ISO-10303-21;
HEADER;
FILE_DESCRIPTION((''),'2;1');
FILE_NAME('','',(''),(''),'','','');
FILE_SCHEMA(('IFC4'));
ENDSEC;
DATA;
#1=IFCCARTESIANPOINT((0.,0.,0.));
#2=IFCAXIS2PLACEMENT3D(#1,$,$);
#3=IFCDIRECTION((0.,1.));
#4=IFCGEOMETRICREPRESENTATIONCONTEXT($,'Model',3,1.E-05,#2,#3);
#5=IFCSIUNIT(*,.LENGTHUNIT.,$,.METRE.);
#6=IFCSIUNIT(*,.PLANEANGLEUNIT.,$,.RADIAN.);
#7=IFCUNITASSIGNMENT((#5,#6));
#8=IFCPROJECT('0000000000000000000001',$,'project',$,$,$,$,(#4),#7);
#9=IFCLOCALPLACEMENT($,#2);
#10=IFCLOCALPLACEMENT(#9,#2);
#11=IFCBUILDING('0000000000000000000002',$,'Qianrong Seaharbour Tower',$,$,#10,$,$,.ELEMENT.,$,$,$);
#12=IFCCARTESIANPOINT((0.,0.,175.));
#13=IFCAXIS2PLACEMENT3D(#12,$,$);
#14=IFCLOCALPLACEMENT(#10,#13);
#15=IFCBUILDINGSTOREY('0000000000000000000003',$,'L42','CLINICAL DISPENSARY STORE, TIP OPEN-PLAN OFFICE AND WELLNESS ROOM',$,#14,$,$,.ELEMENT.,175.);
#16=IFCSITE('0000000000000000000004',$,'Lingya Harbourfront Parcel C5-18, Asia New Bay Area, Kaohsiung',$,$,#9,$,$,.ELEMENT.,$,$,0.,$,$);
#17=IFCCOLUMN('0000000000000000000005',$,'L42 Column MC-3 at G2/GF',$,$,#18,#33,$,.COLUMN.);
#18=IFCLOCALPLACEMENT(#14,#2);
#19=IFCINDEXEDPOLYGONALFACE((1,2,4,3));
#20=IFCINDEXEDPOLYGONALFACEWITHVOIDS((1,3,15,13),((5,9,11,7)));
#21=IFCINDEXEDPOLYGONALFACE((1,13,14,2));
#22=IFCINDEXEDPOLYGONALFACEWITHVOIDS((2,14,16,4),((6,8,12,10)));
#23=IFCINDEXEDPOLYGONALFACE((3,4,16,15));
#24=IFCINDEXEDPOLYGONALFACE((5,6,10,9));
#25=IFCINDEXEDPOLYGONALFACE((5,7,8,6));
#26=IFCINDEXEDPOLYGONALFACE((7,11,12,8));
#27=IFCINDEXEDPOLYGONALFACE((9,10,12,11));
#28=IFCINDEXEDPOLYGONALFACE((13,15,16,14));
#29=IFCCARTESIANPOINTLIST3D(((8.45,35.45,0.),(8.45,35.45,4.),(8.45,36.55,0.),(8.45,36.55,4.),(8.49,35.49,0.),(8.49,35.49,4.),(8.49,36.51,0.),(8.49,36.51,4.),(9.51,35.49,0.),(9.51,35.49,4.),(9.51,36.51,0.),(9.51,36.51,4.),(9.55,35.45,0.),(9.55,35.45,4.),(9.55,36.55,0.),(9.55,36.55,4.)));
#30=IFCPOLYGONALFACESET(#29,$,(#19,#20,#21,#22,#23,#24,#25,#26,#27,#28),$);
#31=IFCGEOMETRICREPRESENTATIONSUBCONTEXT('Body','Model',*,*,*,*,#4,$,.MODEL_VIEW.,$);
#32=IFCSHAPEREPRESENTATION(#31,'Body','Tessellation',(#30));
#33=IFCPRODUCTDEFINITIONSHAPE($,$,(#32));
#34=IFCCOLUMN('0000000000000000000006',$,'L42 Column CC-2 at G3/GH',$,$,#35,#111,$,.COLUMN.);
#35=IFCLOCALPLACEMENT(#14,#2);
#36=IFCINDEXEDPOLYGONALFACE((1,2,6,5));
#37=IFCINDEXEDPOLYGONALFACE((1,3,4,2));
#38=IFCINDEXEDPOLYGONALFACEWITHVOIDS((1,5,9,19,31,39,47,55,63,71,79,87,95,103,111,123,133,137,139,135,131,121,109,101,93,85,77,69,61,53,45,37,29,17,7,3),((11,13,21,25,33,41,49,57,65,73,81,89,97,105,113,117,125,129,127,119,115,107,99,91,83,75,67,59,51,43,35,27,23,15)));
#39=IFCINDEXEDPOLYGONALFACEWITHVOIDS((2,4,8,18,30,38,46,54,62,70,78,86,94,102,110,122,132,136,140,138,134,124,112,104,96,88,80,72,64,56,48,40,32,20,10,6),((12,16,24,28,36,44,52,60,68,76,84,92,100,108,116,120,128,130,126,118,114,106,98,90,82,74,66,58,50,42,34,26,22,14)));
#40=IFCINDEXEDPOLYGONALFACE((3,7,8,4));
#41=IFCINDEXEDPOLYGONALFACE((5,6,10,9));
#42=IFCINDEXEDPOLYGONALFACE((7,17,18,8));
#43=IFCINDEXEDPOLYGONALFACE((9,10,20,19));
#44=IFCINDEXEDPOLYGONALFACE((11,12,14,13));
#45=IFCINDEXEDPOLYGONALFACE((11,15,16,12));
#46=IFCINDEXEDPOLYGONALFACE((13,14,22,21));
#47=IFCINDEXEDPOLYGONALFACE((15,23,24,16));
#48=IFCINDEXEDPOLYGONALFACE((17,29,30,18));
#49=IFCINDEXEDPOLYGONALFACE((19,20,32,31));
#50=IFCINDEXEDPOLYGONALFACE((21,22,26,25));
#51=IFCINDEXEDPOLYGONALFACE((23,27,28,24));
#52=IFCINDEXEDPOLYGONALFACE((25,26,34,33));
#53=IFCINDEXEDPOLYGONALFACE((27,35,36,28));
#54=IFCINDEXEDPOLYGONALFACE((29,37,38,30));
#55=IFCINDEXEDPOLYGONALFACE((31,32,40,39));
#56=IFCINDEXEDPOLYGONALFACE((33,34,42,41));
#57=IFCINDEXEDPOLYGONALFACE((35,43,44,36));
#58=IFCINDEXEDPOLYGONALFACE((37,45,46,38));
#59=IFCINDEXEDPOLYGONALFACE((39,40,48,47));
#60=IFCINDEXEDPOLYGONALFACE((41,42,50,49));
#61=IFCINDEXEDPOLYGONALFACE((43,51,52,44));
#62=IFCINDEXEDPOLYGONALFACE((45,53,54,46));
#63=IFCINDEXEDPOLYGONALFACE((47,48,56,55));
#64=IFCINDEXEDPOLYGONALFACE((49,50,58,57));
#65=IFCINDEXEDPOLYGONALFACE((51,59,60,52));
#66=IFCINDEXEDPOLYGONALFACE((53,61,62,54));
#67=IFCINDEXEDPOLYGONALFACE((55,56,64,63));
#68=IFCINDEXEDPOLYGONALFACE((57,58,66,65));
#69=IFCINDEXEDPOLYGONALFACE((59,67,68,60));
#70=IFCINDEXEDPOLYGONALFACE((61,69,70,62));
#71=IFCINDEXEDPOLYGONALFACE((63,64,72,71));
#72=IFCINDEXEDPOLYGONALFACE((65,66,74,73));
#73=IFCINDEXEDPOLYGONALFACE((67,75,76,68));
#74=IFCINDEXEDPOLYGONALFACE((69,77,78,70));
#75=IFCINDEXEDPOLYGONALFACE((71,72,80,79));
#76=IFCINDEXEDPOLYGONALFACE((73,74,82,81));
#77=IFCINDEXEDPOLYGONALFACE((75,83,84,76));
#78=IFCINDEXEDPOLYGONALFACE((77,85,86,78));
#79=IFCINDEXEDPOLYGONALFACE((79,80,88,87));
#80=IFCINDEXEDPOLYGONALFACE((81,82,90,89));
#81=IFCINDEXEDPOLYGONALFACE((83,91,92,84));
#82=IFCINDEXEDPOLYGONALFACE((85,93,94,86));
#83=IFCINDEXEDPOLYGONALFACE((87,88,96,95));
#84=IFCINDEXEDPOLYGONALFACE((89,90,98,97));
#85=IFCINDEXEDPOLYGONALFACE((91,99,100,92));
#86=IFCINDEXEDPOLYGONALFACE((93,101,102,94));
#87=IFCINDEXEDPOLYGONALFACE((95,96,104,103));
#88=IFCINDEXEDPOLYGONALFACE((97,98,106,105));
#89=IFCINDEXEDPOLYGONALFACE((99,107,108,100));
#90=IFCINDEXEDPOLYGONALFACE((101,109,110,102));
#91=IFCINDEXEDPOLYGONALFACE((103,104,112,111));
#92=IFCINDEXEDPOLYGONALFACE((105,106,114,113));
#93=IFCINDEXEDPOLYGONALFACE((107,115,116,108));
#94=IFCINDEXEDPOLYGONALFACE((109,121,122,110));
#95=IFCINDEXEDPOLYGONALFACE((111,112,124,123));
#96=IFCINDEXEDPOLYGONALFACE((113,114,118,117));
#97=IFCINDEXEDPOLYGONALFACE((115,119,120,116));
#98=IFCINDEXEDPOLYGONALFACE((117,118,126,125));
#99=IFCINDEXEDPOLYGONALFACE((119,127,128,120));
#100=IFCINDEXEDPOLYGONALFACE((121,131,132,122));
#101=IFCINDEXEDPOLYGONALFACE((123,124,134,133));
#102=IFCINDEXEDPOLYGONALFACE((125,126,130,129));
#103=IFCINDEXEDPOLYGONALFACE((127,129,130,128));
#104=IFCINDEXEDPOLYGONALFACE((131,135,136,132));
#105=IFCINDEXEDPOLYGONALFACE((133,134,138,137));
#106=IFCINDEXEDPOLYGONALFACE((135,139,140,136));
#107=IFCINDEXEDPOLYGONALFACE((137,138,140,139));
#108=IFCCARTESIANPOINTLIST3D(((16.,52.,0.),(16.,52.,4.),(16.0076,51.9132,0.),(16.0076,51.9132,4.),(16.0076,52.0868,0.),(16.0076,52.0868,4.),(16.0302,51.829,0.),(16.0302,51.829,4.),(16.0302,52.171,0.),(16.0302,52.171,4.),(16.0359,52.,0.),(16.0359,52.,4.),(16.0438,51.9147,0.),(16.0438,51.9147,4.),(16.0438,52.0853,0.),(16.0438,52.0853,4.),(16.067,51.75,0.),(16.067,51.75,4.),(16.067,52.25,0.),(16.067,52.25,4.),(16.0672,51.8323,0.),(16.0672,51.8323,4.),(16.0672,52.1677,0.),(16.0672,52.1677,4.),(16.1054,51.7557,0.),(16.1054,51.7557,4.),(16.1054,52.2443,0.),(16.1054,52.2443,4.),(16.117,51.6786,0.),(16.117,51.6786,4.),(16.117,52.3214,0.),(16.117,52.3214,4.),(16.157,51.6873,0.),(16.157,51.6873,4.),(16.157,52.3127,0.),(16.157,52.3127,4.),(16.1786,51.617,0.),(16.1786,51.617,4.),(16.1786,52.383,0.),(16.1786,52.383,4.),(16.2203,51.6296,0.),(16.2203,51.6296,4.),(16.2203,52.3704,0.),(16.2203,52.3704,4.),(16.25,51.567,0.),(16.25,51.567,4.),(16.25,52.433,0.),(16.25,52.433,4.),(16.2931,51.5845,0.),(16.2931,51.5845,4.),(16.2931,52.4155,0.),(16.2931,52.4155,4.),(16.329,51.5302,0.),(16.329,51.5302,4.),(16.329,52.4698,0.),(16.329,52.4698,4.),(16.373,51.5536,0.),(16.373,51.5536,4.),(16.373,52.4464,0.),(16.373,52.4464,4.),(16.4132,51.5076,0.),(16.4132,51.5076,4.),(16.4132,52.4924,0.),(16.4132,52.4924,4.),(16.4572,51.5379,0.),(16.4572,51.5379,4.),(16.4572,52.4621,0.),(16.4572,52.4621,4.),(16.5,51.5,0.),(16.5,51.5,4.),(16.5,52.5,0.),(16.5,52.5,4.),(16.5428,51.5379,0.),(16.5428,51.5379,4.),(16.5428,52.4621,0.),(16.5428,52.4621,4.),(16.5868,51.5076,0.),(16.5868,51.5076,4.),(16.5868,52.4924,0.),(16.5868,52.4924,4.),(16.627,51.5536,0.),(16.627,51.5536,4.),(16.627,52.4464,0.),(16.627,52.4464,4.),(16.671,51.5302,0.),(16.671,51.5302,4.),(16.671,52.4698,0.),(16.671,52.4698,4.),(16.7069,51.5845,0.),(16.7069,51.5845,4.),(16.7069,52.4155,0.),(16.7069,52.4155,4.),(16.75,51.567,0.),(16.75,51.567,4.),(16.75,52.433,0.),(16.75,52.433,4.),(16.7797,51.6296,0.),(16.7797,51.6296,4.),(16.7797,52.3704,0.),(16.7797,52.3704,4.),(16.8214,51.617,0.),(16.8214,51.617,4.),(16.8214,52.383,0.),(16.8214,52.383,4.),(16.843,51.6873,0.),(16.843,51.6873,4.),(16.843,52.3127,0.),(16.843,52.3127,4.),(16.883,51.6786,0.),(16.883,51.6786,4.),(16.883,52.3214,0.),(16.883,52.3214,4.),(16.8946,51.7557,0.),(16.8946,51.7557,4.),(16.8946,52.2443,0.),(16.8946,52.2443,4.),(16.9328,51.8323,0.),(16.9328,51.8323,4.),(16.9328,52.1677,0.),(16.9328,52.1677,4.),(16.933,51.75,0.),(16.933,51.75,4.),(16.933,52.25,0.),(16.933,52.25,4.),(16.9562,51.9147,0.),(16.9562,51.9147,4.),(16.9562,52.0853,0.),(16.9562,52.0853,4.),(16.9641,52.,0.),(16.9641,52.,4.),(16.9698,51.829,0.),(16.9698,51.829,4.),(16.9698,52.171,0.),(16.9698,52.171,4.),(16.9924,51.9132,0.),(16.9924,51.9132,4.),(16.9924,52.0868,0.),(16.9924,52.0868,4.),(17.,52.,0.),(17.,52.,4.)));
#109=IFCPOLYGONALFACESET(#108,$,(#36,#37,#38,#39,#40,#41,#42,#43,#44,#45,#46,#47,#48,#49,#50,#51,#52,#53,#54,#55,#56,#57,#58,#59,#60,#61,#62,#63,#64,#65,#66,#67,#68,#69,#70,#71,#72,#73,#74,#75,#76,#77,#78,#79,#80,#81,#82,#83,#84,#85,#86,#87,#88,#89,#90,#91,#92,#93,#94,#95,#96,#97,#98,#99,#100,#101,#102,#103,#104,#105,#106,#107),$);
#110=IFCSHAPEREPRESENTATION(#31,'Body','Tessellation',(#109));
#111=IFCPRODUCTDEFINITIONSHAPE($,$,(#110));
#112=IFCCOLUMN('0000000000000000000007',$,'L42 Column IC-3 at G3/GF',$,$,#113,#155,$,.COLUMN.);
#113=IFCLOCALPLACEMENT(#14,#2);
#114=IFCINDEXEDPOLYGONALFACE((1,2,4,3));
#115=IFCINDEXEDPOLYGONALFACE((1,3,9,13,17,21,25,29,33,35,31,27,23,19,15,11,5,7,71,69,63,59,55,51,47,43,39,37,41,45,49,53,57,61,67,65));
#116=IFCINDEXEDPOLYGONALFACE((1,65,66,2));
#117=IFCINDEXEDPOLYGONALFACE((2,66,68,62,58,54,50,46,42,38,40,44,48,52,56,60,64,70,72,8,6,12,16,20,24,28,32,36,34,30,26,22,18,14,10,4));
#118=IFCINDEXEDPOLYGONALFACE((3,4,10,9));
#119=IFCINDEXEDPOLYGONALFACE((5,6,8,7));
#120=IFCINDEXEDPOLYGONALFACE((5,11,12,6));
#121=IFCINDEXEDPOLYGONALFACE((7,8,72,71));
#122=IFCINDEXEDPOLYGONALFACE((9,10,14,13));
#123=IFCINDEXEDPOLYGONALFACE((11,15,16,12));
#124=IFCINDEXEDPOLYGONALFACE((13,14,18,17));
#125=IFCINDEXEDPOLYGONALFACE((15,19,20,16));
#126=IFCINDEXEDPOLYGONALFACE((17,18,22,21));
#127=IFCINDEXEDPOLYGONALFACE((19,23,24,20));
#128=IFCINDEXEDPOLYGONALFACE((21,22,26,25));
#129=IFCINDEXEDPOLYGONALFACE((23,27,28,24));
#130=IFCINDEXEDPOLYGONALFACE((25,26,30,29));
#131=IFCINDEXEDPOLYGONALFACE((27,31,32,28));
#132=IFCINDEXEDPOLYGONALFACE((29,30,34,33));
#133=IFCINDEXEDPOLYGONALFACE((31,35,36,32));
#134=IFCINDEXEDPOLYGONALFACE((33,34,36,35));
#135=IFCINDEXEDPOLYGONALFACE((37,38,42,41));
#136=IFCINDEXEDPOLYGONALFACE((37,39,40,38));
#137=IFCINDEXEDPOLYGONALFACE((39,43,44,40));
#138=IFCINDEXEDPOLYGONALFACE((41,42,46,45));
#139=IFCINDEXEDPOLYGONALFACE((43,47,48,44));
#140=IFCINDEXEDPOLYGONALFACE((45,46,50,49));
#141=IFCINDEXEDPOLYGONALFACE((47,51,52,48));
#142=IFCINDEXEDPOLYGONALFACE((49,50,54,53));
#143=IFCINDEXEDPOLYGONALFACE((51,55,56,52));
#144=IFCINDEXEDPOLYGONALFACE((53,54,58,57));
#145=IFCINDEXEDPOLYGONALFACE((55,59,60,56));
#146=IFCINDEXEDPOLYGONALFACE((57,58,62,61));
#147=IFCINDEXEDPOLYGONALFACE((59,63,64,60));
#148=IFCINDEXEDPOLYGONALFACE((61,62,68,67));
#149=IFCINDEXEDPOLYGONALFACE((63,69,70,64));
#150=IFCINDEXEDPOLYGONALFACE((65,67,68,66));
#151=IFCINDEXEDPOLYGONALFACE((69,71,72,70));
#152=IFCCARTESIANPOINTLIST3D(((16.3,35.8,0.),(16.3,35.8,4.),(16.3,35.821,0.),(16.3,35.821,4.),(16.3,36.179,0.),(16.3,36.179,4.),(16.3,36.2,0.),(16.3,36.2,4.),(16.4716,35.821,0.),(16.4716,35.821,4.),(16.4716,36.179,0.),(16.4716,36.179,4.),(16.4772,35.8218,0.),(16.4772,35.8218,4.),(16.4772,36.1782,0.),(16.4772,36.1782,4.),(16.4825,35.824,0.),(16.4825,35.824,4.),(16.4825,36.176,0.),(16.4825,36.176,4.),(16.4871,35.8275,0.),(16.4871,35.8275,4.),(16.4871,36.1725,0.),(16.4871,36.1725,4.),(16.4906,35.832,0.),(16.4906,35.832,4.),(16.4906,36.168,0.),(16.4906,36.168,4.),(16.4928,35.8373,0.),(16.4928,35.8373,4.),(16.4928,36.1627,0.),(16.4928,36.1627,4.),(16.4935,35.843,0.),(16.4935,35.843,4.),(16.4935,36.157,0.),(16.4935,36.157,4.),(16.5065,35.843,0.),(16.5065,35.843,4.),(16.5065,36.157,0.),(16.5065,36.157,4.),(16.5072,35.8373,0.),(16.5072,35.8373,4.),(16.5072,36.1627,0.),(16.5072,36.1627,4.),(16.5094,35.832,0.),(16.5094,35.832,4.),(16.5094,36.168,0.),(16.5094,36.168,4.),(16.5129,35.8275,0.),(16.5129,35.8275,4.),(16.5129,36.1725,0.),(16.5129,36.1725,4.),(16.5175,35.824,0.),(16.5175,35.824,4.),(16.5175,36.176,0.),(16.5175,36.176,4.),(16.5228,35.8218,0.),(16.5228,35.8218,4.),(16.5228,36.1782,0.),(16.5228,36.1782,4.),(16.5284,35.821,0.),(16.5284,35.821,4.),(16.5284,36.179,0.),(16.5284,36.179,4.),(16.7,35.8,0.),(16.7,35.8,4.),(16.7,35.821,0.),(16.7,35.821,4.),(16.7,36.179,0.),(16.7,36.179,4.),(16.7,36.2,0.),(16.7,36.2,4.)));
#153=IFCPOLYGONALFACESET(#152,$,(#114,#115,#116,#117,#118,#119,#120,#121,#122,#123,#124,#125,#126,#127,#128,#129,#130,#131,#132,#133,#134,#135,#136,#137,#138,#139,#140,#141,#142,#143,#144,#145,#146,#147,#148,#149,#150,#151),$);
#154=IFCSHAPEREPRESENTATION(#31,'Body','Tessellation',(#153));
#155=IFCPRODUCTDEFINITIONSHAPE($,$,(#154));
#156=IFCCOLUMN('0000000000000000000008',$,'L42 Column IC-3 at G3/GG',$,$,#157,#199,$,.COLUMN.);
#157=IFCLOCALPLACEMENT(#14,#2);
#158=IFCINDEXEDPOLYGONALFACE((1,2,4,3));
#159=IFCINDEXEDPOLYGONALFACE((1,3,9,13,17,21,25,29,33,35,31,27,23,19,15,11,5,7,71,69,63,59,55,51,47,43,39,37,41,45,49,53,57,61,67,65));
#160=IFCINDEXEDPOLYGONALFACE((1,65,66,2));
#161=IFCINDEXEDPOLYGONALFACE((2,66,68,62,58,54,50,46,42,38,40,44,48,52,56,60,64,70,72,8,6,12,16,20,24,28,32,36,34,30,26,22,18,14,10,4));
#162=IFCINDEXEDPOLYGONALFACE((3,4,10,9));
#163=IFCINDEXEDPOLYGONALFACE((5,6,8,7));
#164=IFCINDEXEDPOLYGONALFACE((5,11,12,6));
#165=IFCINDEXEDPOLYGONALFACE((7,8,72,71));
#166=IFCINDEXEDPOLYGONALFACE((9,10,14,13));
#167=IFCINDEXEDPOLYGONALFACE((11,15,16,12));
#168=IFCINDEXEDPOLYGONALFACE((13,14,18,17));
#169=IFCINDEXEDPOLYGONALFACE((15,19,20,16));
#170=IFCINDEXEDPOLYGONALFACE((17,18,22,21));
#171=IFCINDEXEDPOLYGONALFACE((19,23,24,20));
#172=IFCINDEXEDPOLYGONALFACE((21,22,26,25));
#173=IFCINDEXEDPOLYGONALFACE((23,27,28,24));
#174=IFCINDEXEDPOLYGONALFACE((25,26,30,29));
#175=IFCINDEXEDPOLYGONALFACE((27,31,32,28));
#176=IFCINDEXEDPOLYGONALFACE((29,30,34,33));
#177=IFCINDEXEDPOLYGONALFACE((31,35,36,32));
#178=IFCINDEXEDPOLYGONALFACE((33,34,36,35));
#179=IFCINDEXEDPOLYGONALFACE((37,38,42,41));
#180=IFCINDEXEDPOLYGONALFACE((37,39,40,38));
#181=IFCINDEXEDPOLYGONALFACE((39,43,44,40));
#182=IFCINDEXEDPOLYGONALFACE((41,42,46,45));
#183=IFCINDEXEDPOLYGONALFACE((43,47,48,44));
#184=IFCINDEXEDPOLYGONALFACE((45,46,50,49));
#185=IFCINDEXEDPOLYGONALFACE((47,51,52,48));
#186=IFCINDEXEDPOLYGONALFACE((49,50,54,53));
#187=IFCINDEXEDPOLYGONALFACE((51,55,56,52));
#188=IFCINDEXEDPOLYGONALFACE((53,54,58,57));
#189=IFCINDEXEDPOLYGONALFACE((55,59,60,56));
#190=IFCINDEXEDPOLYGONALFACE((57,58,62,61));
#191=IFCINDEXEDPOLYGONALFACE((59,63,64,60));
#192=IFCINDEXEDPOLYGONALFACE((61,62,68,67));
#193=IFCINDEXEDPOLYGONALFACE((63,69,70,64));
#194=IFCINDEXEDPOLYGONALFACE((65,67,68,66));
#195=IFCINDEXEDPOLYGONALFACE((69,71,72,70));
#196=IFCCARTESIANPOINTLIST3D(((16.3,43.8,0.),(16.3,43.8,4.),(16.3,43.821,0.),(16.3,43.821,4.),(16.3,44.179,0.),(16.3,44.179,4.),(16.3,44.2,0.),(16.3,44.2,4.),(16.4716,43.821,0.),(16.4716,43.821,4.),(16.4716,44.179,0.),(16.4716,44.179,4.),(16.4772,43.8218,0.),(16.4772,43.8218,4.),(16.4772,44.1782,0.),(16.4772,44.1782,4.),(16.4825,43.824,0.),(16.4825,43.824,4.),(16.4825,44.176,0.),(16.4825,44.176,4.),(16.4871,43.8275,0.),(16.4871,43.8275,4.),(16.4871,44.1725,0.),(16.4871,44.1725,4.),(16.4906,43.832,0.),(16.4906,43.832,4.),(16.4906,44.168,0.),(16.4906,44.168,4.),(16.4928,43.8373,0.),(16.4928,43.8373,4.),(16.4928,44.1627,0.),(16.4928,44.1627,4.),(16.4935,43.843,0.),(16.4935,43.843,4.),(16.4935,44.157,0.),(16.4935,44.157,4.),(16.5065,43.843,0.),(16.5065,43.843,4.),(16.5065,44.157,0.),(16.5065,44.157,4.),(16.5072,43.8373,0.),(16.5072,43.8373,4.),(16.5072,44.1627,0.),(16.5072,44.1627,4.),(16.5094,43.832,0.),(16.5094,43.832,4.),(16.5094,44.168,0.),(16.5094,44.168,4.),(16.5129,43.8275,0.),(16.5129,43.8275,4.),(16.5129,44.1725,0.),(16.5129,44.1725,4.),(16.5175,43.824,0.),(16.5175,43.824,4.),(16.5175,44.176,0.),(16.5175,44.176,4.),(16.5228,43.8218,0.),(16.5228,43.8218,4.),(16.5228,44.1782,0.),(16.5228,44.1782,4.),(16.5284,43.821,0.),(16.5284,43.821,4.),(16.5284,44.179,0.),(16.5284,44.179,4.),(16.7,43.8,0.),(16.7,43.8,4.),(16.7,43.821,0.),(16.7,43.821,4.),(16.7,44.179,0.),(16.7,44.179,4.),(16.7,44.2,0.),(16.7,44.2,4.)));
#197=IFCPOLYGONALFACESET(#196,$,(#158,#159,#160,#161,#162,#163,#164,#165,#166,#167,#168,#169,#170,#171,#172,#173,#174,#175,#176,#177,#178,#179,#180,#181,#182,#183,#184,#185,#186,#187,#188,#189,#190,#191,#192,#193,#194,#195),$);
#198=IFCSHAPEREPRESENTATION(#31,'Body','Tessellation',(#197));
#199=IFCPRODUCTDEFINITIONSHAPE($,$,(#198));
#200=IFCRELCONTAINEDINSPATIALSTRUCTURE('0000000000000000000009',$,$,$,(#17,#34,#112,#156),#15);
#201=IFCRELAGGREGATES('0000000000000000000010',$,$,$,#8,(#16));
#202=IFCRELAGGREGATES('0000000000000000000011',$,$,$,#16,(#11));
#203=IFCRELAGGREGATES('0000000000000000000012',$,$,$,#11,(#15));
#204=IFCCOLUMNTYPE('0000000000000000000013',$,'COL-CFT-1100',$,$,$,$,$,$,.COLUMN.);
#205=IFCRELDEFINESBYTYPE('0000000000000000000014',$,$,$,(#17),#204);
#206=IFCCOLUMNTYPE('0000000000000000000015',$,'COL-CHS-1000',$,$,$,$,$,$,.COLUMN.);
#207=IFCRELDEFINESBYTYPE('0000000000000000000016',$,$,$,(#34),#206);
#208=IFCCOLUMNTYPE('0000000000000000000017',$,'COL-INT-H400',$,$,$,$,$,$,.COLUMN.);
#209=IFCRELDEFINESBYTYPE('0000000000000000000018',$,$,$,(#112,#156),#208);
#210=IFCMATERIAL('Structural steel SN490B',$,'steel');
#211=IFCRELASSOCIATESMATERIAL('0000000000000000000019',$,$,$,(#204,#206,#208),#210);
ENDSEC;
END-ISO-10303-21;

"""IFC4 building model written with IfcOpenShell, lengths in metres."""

from ifc_helpers import new_model, si_unit, direction, frame, origin, origin_2d, place, context, subcontext, project, spatial, hollow_rectangle, hollow_circle, i_section, extrude, material, material_profile, profile_set, type_object, element, save


model = new_model("IFC4")

# Units and contexts
model_context = context("Model", 3, precision=1e-05, world=origin(), true_north=direction((0.0, 1.0)))
body_context = subcontext(model_context, "Body", "Model", "MODEL_VIEW")
ifc_project = project(units=[si_unit("LENGTHUNIT", "METRE"), si_unit("PLANEANGLEUNIT", "RADIAN")], contexts=[model_context])

# Site, building, storey
site_placement = place(None, origin())
site = spatial("IfcSite", under=ifc_project, at=site_placement, Name="Lingya Harbourfront Parcel C5-18, Asia New Bay Area, Kaohsiung", CompositionType="ELEMENT", RefElevation=0.0)
building_placement = place(site_placement, origin())
building = spatial("IfcBuilding", under=site, at=building_placement, Name="Qianrong Seaharbour Tower", CompositionType="ELEMENT")
storey_placement = place(building_placement, frame((0.0, 0.0, 175.0)))
storey = spatial("IfcBuildingStorey", under=building, at=storey_placement, Name="L42", Description="CLINICAL DISPENSARY STORE, TIP OPEN-PLAN OFFICE AND WELLNESS ROOM", CompositionType="ELEMENT", Elevation=175.0)

# Columns
ifc_material_1 = material(Name="Structural steel SN490B", Category="steel")
ifc_material_profile_1 = material_profile(ifc_material_1, hollow_rectangle(XDim=1.1001, YDim=1.1001, WallThickness=0.04, at=origin_2d()), Name="BOX1100x1100x40")
ifc_profile_set_1 = profile_set([ifc_material_profile_1], Name="Structural steel SN490B")
column_type_1 = type_object("IfcColumnType", Name="COL-CFT-1100", PredefinedType="COLUMN", material=ifc_profile_set_1)
column_1_placement = place(storey_placement, frame((9.0, 36.0, 0.0), z_axis=(0.0, 0.0, 1.0), x_axis=(1.0, 0.0, 0.0)))
element("IfcColumn", 1, at=column_1_placement, inside=storey, type_object=column_type_1, Name="L42 Column MC-3 at G2/GF", PredefinedType="COLUMN", context=body_context, shape_type="SweptSolid", body=[
    extrude(hollow_rectangle(XDim=1.1001, YDim=1.1001, WallThickness=0.04, at=origin_2d()), origin(), (0.0, 0.0, 1.0), 4.0),
])
ifc_material_profile_2 = material_profile(ifc_material_1, hollow_circle(Radius=0.5, WallThickness=0.0359, at=origin_2d()), Name="CHS1000x36")
ifc_profile_set_2 = profile_set([ifc_material_profile_2], Name="Structural steel SN490B")
column_type_2 = type_object("IfcColumnType", Name="COL-CHS-1000", PredefinedType="COLUMN", material=ifc_profile_set_2)
column_2_placement = place(storey_placement, frame((16.5, 52.0, 0.0), z_axis=(0.0, 0.0, 1.0), x_axis=(1.0, 0.0, 0.0)))
element("IfcColumn", 2, at=column_2_placement, inside=storey, type_object=column_type_2, Name="L42 Column CC-2 at G3/GH", PredefinedType="COLUMN", context=body_context, shape_type="SweptSolid", body=[
    extrude(hollow_circle(Radius=0.5, WallThickness=0.0359, at=origin_2d()), origin(), (0.0, 0.0, 1.0), 4.0),
])
ifc_material_profile_3 = material_profile(ifc_material_1, i_section(OverallWidth=0.3999, OverallDepth=0.3999, WebThickness=0.0129, FlangeThickness=0.021, FilletRadius=0.022, at=origin_2d()), Name="H400x400x13x21")
ifc_profile_set_3 = profile_set([ifc_material_profile_3], Name="Structural steel SN490B")
column_type_3 = type_object("IfcColumnType", Name="COL-INT-H400", PredefinedType="COLUMN", material=ifc_profile_set_3)
for number, where, z_axis, x_axis, name in (
    (3, (16.5, 36.0, 0.0), (0.0, 0.0, 1.0), (1.0, 0.0, 0.0), "L42 Column IC-3 at G3/GF"),
    (4, (16.5, 44.0, 0.0), (0.0, 0.0, 1.0), (1.0, 0.0, 0.0), "L42 Column IC-3 at G3/GG"),
):
    element("IfcColumn", number, at=place(storey_placement, frame(where, z_axis=z_axis, x_axis=x_axis)), inside=storey, type_object=column_type_3, Name=name, PredefinedType="COLUMN", context=body_context, shape_type="SweptSolid", body=[
        extrude(i_section(OverallWidth=0.3999, OverallDepth=0.3999, WebThickness=0.0129, FlangeThickness=0.021, FilletRadius=0.022, at=origin_2d()), origin(), (0.0, 0.0, 1.0), 4.0),
    ])

save(model, "model.ifc")
